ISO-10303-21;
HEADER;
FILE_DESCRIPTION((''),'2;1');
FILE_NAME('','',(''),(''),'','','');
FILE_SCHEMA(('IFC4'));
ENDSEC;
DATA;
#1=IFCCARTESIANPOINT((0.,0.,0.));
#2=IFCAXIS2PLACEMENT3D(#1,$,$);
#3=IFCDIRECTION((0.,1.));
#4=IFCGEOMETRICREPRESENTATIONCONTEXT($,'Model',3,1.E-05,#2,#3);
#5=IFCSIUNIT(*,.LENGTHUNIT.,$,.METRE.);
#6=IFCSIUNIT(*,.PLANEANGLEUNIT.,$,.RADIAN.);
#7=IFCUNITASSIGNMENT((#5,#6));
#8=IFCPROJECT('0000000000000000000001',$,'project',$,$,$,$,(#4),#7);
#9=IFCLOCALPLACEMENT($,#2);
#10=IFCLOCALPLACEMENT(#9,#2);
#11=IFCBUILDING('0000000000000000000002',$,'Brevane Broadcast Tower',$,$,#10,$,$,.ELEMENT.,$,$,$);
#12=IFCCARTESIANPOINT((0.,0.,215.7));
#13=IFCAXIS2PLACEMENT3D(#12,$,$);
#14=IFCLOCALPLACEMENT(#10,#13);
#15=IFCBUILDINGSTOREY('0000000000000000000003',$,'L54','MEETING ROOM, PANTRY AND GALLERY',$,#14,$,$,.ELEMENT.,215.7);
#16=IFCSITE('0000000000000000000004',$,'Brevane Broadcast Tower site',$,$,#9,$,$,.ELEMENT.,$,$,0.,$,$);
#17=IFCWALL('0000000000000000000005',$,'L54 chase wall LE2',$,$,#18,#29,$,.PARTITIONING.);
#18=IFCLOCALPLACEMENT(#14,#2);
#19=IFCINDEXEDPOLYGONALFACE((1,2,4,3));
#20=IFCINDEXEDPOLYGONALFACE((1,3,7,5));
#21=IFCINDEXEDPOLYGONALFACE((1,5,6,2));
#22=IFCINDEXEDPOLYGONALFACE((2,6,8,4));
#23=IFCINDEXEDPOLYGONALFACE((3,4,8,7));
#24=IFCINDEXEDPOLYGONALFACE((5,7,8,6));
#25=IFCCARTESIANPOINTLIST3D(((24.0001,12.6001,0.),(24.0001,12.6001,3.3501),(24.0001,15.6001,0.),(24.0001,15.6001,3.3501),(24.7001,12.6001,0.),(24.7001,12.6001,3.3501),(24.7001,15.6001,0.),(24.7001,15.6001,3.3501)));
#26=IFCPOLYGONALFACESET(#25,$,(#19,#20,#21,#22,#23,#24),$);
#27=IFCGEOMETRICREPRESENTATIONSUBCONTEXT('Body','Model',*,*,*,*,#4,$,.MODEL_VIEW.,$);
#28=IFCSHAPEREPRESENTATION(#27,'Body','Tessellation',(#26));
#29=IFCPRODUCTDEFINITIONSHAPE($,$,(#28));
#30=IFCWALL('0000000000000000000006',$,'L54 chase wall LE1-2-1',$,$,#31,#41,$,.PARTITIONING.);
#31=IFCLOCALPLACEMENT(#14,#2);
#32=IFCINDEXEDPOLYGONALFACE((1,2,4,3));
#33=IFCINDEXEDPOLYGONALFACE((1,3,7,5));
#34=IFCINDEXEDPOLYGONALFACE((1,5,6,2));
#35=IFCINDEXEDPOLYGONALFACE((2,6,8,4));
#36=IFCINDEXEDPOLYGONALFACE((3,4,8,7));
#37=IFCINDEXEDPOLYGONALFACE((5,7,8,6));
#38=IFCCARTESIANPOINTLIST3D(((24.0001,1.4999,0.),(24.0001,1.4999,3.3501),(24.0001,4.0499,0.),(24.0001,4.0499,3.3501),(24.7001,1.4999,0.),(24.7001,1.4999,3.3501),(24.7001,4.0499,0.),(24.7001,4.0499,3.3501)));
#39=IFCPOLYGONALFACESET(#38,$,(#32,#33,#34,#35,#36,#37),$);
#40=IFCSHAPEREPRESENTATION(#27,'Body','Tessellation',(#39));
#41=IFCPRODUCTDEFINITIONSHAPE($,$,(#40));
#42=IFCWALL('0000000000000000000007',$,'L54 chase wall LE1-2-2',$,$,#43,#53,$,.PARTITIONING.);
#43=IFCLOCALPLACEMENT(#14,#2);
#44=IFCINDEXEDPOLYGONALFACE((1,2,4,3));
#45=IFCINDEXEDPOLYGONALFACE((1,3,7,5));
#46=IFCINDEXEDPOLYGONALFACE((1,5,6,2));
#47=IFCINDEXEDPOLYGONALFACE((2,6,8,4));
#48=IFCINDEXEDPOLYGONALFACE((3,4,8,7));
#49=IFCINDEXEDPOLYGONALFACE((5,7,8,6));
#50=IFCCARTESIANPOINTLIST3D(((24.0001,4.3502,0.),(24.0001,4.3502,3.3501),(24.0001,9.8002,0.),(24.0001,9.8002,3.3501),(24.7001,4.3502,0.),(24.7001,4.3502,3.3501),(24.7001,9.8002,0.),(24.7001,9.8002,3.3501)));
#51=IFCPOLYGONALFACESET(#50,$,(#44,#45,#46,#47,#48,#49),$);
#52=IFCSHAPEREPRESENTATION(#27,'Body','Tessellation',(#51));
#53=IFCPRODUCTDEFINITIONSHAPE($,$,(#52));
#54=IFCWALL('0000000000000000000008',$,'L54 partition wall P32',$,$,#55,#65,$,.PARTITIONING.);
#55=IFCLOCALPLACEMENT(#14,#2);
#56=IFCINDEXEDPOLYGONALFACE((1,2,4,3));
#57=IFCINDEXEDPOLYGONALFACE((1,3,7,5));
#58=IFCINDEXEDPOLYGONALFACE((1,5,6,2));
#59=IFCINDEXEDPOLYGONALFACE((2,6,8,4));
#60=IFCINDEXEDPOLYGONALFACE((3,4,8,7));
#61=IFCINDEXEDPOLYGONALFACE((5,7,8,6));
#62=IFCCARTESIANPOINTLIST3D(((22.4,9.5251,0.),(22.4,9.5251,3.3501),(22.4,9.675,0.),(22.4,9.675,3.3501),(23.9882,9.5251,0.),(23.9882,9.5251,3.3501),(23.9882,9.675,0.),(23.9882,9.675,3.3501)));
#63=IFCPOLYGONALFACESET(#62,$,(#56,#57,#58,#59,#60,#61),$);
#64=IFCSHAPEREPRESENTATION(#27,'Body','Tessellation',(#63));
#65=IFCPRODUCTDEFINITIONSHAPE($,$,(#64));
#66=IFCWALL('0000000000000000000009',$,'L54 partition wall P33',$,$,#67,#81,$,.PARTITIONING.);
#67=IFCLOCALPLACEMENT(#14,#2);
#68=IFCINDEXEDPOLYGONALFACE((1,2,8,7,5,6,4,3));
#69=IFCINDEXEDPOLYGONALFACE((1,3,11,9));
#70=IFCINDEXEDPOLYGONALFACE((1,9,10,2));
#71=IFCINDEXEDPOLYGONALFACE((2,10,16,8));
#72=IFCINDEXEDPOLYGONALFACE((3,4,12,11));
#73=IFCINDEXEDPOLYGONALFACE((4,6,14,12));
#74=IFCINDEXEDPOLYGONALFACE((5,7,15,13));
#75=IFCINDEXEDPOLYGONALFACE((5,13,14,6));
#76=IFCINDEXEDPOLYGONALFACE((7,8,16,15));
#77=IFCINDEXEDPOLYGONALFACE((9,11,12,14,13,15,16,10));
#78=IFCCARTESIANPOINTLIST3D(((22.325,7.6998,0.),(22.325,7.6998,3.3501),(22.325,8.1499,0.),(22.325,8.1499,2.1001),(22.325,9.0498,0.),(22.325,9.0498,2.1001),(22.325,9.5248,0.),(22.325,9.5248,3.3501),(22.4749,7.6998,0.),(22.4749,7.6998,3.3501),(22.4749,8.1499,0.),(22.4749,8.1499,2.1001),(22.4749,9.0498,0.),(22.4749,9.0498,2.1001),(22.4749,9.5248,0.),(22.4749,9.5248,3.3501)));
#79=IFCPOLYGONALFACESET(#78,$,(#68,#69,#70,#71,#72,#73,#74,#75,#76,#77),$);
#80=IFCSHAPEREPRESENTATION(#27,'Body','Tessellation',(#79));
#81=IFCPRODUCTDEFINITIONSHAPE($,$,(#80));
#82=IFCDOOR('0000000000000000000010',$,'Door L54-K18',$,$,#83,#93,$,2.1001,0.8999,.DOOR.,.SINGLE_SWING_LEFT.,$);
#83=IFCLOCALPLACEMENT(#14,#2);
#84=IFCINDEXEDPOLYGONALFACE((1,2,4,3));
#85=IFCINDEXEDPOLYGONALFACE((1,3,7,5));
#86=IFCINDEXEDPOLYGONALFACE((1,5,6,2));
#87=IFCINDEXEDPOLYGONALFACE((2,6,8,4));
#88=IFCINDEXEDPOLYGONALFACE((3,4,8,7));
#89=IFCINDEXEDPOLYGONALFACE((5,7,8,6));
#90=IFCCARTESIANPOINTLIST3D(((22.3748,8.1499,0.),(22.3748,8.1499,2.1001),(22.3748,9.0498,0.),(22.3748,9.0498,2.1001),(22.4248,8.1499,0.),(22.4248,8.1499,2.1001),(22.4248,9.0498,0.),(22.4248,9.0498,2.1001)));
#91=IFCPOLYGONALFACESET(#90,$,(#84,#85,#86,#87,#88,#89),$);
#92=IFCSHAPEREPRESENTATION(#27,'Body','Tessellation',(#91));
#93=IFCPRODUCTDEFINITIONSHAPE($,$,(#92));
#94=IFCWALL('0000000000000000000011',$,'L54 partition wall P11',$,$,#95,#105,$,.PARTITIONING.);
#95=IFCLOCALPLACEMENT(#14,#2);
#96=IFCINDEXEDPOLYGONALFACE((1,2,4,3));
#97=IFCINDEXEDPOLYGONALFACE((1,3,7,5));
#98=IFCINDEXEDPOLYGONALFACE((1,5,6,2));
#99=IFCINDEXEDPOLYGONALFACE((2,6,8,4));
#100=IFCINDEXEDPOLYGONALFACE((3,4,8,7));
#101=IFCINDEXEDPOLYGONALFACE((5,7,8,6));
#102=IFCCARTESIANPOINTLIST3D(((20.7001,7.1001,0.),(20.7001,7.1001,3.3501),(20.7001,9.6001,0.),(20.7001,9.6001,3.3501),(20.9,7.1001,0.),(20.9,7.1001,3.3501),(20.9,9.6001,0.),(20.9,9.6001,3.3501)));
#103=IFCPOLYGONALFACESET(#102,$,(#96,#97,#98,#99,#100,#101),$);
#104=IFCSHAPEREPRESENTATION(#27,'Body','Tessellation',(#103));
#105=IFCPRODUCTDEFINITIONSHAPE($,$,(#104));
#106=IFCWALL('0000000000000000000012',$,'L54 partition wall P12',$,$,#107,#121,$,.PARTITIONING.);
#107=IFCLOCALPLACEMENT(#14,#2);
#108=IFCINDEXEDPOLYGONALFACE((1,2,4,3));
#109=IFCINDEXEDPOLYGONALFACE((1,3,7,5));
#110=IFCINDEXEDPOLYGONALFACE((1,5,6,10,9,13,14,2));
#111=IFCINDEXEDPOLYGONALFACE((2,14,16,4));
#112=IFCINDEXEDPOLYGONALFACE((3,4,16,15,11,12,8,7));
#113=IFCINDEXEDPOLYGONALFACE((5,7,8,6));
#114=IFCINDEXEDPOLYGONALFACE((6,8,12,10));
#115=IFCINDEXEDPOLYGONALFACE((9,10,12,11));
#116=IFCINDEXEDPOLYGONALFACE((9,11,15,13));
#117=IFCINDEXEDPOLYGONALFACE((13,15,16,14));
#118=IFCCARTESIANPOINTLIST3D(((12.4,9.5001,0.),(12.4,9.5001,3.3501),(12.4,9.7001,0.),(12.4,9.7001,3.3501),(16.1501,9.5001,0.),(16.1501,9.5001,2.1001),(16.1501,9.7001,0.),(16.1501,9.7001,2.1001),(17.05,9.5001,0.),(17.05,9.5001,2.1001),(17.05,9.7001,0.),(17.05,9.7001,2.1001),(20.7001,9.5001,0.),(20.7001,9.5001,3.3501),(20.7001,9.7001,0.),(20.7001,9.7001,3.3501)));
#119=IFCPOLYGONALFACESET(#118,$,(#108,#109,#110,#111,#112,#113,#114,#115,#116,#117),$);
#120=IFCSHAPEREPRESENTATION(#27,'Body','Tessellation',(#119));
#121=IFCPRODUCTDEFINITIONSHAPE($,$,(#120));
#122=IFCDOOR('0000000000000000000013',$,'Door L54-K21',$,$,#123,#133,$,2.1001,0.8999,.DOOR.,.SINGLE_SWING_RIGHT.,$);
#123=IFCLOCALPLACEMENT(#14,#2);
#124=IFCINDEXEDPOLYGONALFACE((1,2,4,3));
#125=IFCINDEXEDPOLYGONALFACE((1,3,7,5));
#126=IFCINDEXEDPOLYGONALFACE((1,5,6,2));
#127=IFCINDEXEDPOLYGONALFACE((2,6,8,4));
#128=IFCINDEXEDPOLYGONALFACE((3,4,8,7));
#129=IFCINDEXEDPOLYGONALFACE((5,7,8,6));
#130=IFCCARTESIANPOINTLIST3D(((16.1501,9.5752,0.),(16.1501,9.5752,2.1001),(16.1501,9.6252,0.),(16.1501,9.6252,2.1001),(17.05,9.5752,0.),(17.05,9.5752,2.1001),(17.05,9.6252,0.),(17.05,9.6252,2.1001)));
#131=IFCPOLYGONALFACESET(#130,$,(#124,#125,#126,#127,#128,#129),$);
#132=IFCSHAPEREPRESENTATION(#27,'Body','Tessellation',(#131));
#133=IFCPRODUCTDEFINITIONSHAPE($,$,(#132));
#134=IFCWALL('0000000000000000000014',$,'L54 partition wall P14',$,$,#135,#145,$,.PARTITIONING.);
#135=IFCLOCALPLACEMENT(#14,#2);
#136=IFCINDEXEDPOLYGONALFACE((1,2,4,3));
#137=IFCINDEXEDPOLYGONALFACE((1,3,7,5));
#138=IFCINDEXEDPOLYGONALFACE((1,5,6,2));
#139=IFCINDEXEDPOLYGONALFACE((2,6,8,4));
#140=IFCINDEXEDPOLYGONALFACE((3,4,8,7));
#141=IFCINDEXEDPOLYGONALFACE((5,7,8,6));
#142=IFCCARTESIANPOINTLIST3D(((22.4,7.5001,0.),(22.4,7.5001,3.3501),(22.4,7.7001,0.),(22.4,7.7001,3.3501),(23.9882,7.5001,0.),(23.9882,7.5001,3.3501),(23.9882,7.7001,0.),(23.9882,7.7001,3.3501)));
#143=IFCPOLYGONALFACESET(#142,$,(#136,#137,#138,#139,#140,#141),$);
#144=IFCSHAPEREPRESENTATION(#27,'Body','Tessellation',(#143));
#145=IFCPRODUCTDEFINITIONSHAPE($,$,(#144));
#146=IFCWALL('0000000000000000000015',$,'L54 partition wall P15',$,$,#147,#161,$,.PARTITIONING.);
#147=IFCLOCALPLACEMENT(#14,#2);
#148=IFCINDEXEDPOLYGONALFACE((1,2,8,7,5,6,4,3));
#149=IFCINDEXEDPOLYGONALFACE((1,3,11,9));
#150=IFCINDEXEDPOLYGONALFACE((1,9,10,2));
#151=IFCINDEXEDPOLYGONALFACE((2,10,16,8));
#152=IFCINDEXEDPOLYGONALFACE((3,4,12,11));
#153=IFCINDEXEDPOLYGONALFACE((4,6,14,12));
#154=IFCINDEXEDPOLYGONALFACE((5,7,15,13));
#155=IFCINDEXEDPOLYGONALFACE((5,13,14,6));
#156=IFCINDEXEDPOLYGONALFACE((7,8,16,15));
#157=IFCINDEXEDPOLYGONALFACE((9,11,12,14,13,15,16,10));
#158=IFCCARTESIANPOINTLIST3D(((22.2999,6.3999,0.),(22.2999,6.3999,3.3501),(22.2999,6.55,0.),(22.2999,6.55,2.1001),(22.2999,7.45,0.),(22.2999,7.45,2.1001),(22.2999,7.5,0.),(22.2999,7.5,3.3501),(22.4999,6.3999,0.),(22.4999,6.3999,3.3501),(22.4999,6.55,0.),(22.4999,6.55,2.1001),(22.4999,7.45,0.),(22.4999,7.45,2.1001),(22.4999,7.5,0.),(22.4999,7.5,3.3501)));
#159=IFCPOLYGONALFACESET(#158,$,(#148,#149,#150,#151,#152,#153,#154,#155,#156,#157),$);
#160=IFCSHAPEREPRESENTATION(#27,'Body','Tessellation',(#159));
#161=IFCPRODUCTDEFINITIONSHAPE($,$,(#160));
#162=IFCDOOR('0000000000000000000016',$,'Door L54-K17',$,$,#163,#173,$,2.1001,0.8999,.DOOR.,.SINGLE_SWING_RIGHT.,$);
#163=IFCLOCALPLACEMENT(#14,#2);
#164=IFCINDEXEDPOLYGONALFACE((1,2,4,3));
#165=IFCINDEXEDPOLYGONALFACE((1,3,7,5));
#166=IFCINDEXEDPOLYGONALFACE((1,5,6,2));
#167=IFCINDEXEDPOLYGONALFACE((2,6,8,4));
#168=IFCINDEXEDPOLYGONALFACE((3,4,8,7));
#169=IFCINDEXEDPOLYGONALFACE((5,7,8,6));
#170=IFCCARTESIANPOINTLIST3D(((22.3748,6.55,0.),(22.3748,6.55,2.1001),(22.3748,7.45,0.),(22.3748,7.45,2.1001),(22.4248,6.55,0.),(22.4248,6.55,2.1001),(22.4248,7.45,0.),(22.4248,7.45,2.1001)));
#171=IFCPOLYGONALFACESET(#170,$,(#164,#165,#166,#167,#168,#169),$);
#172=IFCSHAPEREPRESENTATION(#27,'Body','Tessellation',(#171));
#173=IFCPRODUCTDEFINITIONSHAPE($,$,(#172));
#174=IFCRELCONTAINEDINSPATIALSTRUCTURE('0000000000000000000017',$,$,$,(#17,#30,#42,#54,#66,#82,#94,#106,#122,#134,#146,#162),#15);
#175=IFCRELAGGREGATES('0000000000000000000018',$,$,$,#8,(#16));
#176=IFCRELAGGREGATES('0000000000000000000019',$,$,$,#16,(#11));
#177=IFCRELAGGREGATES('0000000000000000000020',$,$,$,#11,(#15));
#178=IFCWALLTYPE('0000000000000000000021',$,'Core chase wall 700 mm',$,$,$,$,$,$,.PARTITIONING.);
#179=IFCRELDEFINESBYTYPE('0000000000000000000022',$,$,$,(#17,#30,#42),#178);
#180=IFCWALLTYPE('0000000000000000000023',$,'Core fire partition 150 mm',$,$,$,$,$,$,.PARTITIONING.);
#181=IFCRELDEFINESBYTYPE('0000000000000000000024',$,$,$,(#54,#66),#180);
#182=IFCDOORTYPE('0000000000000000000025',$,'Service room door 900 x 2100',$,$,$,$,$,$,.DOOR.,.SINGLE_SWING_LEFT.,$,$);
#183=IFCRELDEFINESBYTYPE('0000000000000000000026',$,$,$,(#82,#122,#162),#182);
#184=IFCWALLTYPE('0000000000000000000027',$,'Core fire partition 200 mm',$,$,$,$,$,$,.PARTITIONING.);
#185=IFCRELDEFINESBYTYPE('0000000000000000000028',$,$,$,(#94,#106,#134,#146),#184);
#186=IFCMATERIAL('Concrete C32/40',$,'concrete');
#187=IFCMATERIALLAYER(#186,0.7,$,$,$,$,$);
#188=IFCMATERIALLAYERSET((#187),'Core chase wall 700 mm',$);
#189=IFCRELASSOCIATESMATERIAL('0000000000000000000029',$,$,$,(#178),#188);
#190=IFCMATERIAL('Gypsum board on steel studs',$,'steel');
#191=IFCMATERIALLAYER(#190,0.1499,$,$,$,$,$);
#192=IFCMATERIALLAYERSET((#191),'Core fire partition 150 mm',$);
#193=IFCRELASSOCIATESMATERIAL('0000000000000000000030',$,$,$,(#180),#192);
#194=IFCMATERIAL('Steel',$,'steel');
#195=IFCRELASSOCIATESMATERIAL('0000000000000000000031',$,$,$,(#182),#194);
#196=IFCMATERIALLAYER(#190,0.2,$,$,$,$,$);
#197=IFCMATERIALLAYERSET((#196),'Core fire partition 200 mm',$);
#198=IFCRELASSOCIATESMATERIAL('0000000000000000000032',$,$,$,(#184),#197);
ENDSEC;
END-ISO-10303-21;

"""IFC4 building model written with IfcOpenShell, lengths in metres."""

from ifc_helpers import new_model, si_unit, direction, frame, frame_2d, origin, place, context, subcontext, project, spatial, rectangle, extrude, material, layer, layer_set, type_object, element, fill, save


model = new_model("IFC4")

# Units and contexts
model_context = context("Model", 3, precision=1e-05, world=origin(), true_north=direction((0.0, 1.0)))
body_context = subcontext(model_context, "Body", "Model", "MODEL_VIEW")
ifc_project = project(units=[si_unit("LENGTHUNIT", "METRE"), si_unit("PLANEANGLEUNIT", "RADIAN")], contexts=[model_context])

# Site, building, storey
site_placement = place(None, origin())
site = spatial("IfcSite", under=ifc_project, at=site_placement, Name="Brevane Broadcast Tower site", CompositionType="ELEMENT", RefElevation=0.0)
building_placement = place(site_placement, origin())
building = spatial("IfcBuilding", under=site, at=building_placement, Name="Brevane Broadcast Tower", CompositionType="ELEMENT")
storey_placement = place(building_placement, frame((0.0, 0.0, 215.7)))
storey = spatial("IfcBuildingStorey", under=building, at=storey_placement, Name="L54", Description="MEETING ROOM, PANTRY AND GALLERY", CompositionType="ELEMENT", Elevation=215.7)

# Walls
ifc_material_1 = material(Name="Concrete C32/40", Category="concrete")
ifc_layer_1 = layer(ifc_material_1, 0.7)
ifc_layer_set_1 = layer_set([ifc_layer_1], Name="Core chase wall 700 mm")
wall_type_1 = type_object("IfcWallType", Name="Core chase wall 700 mm", PredefinedType="PARTITIONING", material=ifc_layer_set_1)
wall_1_placement = place(storey_placement, frame((24.3501, 12.6001, 0.0), z_axis=(0.0, 0.0, 1.0), x_axis=(0.0, 1.0, 0.0)))
element("IfcWall", 1, at=wall_1_placement, inside=storey, type_object=wall_type_1, Name="L54 chase wall LE2", PredefinedType="PARTITIONING", context=body_context, shape_type="SweptSolid", body=[
    extrude(rectangle(XDim=3.0, YDim=0.7, at=frame_2d((1.5, 0.0))), origin(), (0.0, 0.0, 1.0), 3.3501),
])
wall_2_placement = place(storey_placement, frame((24.3501, 1.5, 0.0), z_axis=(0.0, 0.0, 1.0), x_axis=(0.0, 1.0, 0.0)))
element("IfcWall", 2, at=wall_2_placement, inside=storey, type_object=wall_type_1, Name="L54 chase wall LE1-2-1", PredefinedType="PARTITIONING", context=body_context, shape_type="SweptSolid", body=[
    extrude(rectangle(XDim=2.55, YDim=0.7, at=frame_2d((1.2749, 0.0))), origin(), (0.0, 0.0, 1.0), 3.3501),
])
wall_3_placement = place(storey_placement, frame((24.3501, 4.3501, 0.0), z_axis=(0.0, 0.0, 1.0), x_axis=(0.0, 1.0, 0.0)))
element("IfcWall", 3, at=wall_3_placement, inside=storey, type_object=wall_type_1, Name="L54 chase wall LE1-2-2", PredefinedType="PARTITIONING", context=body_context, shape_type="SweptSolid", body=[
    extrude(rectangle(XDim=5.45, YDim=0.7, at=frame_2d((2.7251, 0.0))), origin(), (0.0, 0.0, 1.0), 3.3501),
])
ifc_material_2 = material(Name="Gypsum board on steel studs", Category="steel")
ifc_layer_2 = layer(ifc_material_2, 0.1499)
ifc_layer_set_2 = layer_set([ifc_layer_2], Name="Core fire partition 150 mm")
wall_type_2 = type_object("IfcWallType", Name="Core fire partition 150 mm", PredefinedType="PARTITIONING", material=ifc_layer_set_2)
wall_4_placement = place(storey_placement, frame((23.988, 9.6001, 0.0), z_axis=(0.0, 0.0, 1.0), x_axis=(-1.0, 0.0, 0.0)))
element("IfcWall", 4, at=wall_4_placement, inside=storey, type_object=wall_type_2, Name="L54 partition wall P32", PredefinedType="PARTITIONING", context=body_context, shape_type="SweptSolid", body=[
    extrude(rectangle(XDim=1.5881, YDim=0.1499, at=frame_2d((0.7939, 0.0))), origin(), (0.0, 0.0, 1.0), 3.3501),
])

# Wall, opening, door
wall_5_placement = place(storey_placement, frame((22.3999, 9.5249, 0.0), z_axis=(0.0, 0.0, 1.0), x_axis=(0.0, -1.0, 0.0)))
wall_5 = element("IfcWall", 5, at=wall_5_placement, inside=storey, type_object=wall_type_2, Name="L54 partition wall P33", PredefinedType="PARTITIONING", context=body_context, shape_type="SweptSolid", body=[
    extrude(rectangle(XDim=1.825, YDim=0.1499, at=frame_2d((0.9126, 0.0))), origin(), (0.0, 0.0, 1.0), 3.3501),
])
opening_1_placement = place(wall_5_placement, frame((0.4751, 0.0, 0.0)))
opening_1 = element("IfcOpeningElement", 6, at=opening_1_placement, cuts=wall_5, PredefinedType="OPENING", context=body_context, shape_type="SweptSolid", body=[
    extrude(rectangle(XDim=0.8999, YDim=2.1001, at=frame_2d((0.45, 1.05))), frame((0.0, 0.085, 0.0), z_axis=(0.0, -1.0, 0.0), x_axis=(1.0, 0.0, 0.0)), (0.0, 0.0, 1.0), 0.1699),
])
ifc_material_3 = material(Name="Steel", Category="steel")
door_type_1 = type_object("IfcDoorType", Name="Service room door 900 x 2100", OperationType="SINGLE_SWING_LEFT", PredefinedType="DOOR", material=ifc_material_3)
door_1_placement = place(opening_1_placement, origin())
door_1 = element("IfcDoor", 7, at=door_1_placement, inside=storey, type_object=door_type_1, Name="Door L54-K18", OperationType="SINGLE_SWING_LEFT", OverallHeight=2.1001, OverallWidth=0.8999, PredefinedType="DOOR", context=body_context, shape_type="SweptSolid", body=[
    extrude(rectangle(XDim=0.8999, YDim=2.1001, at=frame_2d((0.45, 1.05))), frame((0.0, 0.0249, 0.0), z_axis=(0.0, -1.0, 0.0), x_axis=(1.0, 0.0, 0.0)), (0.0, 0.0, 1.0), 0.05),
])
fill(opening_1, door_1)

# Wall
ifc_layer_3 = layer(ifc_material_2, 0.2)
ifc_layer_set_3 = layer_set([ifc_layer_3], Name="Core fire partition 200 mm")
wall_type_3 = type_object("IfcWallType", Name="Core fire partition 200 mm", PredefinedType="PARTITIONING", material=ifc_layer_set_3)
wall_6_placement = place(storey_placement, frame((20.8, 7.1001, 0.0), z_axis=(0.0, 0.0, 1.0), x_axis=(0.0, 1.0, 0.0)))
element("IfcWall", 8, at=wall_6_placement, inside=storey, type_object=wall_type_3, Name="L54 partition wall P11", PredefinedType="PARTITIONING", context=body_context, shape_type="SweptSolid", body=[
    extrude(rectangle(XDim=2.5, YDim=0.2, at=frame_2d((1.25, 0.0))), origin(), (0.0, 0.0, 1.0), 3.3501),
])

# Wall, opening, door
wall_7_placement = place(storey_placement, frame((20.7, 9.6001, 0.0), z_axis=(0.0, 0.0, 1.0), x_axis=(-1.0, 0.0, 0.0)))
wall_7 = element("IfcWall", 9, at=wall_7_placement, inside=storey, type_object=wall_type_3, Name="L54 partition wall P12", PredefinedType="PARTITIONING", context=body_context, shape_type="SweptSolid", body=[
    extrude(rectangle(XDim=8.3, YDim=0.2, at=frame_2d((4.1499, 0.0))), origin(), (0.0, 0.0, 1.0), 3.3501),
])
opening_2_placement = place(wall_7_placement, frame((3.6499, 0.0, 0.0)))
opening_2 = element("IfcOpeningElement", 10, at=opening_2_placement, cuts=wall_7, PredefinedType="OPENING", context=body_context, shape_type="SweptSolid", body=[
    extrude(rectangle(XDim=0.8999, YDim=2.1001, at=frame_2d((0.45, 1.05))), frame((0.0, 0.1099, 0.0), z_axis=(0.0, -1.0, 0.0), x_axis=(1.0, 0.0, 0.0)), (0.0, 0.0, 1.0), 0.22),
])
door_2_placement = place(opening_2_placement, origin())
door_2 = element("IfcDoor", 11, at=door_2_placement, inside=storey, type_object=door_type_1, Name="Door L54-K21", OperationType="SINGLE_SWING_RIGHT", OverallHeight=2.1001, OverallWidth=0.8999, PredefinedType="DOOR", context=body_context, shape_type="SweptSolid", body=[
    extrude(rectangle(XDim=0.8999, YDim=2.1001, at=frame_2d((0.45, 1.05))), frame((0.0, 0.0249, 0.0), z_axis=(0.0, -1.0, 0.0), x_axis=(1.0, 0.0, 0.0)), (0.0, 0.0, 1.0), 0.05),
])
fill(opening_2, door_2)

# Wall
wall_8_placement = place(storey_placement, frame((23.988, 7.6001, 0.0), z_axis=(0.0, 0.0, 1.0), x_axis=(-1.0, 0.0, 0.0)))
element("IfcWall", 12, at=wall_8_placement, inside=storey, type_object=wall_type_3, Name="L54 partition wall P14", PredefinedType="PARTITIONING", context=body_context, shape_type="SweptSolid", body=[
    extrude(rectangle(XDim=1.5881, YDim=0.2, at=frame_2d((0.7939, 0.0))), origin(), (0.0, 0.0, 1.0), 3.3501),
])

# Wall, opening, door
wall_9_placement = place(storey_placement, frame((22.3999, 7.5, 0.0), z_axis=(0.0, 0.0, 1.0), x_axis=(0.0, -1.0, 0.0)))
wall_9 = element("IfcWall", 13, at=wall_9_placement, inside=storey, type_object=wall_type_3, Name="L54 partition wall P15", PredefinedType="PARTITIONING", context=body_context, shape_type="SweptSolid", body=[
    extrude(rectangle(XDim=1.1001, YDim=0.2, at=frame_2d((0.55, 0.0))), origin(), (0.0, 0.0, 1.0), 3.3501),
])
opening_3_placement = place(wall_9_placement, frame((0.05, 0.0, 0.0)))
opening_3 = element("IfcOpeningElement", 14, at=opening_3_placement, cuts=wall_9, PredefinedType="OPENING", context=body_context, shape_type="SweptSolid", body=[
    extrude(rectangle(XDim=0.8999, YDim=2.1001, at=frame_2d((0.45, 1.05))), frame((0.0, 0.1099, 0.0), z_axis=(0.0, -1.0, 0.0), x_axis=(1.0, 0.0, 0.0)), (0.0, 0.0, 1.0), 0.22),
])
door_3_placement = place(opening_3_placement, origin())
door_3 = element("IfcDoor", 15, at=door_3_placement, inside=storey, type_object=door_type_1, Name="Door L54-K17", OperationType="SINGLE_SWING_RIGHT", OverallHeight=2.1001, OverallWidth=0.8999, PredefinedType="DOOR", context=body_context, shape_type="SweptSolid", body=[
    extrude(rectangle(XDim=0.8999, YDim=2.1001, at=frame_2d((0.45, 1.05))), frame((0.0, 0.0249, 0.0), z_axis=(0.0, -1.0, 0.0), x_axis=(1.0, 0.0, 0.0)), (0.0, 0.0, 1.0), 0.05),
])
fill(opening_3, door_3)

save(model, "model.ifc")
